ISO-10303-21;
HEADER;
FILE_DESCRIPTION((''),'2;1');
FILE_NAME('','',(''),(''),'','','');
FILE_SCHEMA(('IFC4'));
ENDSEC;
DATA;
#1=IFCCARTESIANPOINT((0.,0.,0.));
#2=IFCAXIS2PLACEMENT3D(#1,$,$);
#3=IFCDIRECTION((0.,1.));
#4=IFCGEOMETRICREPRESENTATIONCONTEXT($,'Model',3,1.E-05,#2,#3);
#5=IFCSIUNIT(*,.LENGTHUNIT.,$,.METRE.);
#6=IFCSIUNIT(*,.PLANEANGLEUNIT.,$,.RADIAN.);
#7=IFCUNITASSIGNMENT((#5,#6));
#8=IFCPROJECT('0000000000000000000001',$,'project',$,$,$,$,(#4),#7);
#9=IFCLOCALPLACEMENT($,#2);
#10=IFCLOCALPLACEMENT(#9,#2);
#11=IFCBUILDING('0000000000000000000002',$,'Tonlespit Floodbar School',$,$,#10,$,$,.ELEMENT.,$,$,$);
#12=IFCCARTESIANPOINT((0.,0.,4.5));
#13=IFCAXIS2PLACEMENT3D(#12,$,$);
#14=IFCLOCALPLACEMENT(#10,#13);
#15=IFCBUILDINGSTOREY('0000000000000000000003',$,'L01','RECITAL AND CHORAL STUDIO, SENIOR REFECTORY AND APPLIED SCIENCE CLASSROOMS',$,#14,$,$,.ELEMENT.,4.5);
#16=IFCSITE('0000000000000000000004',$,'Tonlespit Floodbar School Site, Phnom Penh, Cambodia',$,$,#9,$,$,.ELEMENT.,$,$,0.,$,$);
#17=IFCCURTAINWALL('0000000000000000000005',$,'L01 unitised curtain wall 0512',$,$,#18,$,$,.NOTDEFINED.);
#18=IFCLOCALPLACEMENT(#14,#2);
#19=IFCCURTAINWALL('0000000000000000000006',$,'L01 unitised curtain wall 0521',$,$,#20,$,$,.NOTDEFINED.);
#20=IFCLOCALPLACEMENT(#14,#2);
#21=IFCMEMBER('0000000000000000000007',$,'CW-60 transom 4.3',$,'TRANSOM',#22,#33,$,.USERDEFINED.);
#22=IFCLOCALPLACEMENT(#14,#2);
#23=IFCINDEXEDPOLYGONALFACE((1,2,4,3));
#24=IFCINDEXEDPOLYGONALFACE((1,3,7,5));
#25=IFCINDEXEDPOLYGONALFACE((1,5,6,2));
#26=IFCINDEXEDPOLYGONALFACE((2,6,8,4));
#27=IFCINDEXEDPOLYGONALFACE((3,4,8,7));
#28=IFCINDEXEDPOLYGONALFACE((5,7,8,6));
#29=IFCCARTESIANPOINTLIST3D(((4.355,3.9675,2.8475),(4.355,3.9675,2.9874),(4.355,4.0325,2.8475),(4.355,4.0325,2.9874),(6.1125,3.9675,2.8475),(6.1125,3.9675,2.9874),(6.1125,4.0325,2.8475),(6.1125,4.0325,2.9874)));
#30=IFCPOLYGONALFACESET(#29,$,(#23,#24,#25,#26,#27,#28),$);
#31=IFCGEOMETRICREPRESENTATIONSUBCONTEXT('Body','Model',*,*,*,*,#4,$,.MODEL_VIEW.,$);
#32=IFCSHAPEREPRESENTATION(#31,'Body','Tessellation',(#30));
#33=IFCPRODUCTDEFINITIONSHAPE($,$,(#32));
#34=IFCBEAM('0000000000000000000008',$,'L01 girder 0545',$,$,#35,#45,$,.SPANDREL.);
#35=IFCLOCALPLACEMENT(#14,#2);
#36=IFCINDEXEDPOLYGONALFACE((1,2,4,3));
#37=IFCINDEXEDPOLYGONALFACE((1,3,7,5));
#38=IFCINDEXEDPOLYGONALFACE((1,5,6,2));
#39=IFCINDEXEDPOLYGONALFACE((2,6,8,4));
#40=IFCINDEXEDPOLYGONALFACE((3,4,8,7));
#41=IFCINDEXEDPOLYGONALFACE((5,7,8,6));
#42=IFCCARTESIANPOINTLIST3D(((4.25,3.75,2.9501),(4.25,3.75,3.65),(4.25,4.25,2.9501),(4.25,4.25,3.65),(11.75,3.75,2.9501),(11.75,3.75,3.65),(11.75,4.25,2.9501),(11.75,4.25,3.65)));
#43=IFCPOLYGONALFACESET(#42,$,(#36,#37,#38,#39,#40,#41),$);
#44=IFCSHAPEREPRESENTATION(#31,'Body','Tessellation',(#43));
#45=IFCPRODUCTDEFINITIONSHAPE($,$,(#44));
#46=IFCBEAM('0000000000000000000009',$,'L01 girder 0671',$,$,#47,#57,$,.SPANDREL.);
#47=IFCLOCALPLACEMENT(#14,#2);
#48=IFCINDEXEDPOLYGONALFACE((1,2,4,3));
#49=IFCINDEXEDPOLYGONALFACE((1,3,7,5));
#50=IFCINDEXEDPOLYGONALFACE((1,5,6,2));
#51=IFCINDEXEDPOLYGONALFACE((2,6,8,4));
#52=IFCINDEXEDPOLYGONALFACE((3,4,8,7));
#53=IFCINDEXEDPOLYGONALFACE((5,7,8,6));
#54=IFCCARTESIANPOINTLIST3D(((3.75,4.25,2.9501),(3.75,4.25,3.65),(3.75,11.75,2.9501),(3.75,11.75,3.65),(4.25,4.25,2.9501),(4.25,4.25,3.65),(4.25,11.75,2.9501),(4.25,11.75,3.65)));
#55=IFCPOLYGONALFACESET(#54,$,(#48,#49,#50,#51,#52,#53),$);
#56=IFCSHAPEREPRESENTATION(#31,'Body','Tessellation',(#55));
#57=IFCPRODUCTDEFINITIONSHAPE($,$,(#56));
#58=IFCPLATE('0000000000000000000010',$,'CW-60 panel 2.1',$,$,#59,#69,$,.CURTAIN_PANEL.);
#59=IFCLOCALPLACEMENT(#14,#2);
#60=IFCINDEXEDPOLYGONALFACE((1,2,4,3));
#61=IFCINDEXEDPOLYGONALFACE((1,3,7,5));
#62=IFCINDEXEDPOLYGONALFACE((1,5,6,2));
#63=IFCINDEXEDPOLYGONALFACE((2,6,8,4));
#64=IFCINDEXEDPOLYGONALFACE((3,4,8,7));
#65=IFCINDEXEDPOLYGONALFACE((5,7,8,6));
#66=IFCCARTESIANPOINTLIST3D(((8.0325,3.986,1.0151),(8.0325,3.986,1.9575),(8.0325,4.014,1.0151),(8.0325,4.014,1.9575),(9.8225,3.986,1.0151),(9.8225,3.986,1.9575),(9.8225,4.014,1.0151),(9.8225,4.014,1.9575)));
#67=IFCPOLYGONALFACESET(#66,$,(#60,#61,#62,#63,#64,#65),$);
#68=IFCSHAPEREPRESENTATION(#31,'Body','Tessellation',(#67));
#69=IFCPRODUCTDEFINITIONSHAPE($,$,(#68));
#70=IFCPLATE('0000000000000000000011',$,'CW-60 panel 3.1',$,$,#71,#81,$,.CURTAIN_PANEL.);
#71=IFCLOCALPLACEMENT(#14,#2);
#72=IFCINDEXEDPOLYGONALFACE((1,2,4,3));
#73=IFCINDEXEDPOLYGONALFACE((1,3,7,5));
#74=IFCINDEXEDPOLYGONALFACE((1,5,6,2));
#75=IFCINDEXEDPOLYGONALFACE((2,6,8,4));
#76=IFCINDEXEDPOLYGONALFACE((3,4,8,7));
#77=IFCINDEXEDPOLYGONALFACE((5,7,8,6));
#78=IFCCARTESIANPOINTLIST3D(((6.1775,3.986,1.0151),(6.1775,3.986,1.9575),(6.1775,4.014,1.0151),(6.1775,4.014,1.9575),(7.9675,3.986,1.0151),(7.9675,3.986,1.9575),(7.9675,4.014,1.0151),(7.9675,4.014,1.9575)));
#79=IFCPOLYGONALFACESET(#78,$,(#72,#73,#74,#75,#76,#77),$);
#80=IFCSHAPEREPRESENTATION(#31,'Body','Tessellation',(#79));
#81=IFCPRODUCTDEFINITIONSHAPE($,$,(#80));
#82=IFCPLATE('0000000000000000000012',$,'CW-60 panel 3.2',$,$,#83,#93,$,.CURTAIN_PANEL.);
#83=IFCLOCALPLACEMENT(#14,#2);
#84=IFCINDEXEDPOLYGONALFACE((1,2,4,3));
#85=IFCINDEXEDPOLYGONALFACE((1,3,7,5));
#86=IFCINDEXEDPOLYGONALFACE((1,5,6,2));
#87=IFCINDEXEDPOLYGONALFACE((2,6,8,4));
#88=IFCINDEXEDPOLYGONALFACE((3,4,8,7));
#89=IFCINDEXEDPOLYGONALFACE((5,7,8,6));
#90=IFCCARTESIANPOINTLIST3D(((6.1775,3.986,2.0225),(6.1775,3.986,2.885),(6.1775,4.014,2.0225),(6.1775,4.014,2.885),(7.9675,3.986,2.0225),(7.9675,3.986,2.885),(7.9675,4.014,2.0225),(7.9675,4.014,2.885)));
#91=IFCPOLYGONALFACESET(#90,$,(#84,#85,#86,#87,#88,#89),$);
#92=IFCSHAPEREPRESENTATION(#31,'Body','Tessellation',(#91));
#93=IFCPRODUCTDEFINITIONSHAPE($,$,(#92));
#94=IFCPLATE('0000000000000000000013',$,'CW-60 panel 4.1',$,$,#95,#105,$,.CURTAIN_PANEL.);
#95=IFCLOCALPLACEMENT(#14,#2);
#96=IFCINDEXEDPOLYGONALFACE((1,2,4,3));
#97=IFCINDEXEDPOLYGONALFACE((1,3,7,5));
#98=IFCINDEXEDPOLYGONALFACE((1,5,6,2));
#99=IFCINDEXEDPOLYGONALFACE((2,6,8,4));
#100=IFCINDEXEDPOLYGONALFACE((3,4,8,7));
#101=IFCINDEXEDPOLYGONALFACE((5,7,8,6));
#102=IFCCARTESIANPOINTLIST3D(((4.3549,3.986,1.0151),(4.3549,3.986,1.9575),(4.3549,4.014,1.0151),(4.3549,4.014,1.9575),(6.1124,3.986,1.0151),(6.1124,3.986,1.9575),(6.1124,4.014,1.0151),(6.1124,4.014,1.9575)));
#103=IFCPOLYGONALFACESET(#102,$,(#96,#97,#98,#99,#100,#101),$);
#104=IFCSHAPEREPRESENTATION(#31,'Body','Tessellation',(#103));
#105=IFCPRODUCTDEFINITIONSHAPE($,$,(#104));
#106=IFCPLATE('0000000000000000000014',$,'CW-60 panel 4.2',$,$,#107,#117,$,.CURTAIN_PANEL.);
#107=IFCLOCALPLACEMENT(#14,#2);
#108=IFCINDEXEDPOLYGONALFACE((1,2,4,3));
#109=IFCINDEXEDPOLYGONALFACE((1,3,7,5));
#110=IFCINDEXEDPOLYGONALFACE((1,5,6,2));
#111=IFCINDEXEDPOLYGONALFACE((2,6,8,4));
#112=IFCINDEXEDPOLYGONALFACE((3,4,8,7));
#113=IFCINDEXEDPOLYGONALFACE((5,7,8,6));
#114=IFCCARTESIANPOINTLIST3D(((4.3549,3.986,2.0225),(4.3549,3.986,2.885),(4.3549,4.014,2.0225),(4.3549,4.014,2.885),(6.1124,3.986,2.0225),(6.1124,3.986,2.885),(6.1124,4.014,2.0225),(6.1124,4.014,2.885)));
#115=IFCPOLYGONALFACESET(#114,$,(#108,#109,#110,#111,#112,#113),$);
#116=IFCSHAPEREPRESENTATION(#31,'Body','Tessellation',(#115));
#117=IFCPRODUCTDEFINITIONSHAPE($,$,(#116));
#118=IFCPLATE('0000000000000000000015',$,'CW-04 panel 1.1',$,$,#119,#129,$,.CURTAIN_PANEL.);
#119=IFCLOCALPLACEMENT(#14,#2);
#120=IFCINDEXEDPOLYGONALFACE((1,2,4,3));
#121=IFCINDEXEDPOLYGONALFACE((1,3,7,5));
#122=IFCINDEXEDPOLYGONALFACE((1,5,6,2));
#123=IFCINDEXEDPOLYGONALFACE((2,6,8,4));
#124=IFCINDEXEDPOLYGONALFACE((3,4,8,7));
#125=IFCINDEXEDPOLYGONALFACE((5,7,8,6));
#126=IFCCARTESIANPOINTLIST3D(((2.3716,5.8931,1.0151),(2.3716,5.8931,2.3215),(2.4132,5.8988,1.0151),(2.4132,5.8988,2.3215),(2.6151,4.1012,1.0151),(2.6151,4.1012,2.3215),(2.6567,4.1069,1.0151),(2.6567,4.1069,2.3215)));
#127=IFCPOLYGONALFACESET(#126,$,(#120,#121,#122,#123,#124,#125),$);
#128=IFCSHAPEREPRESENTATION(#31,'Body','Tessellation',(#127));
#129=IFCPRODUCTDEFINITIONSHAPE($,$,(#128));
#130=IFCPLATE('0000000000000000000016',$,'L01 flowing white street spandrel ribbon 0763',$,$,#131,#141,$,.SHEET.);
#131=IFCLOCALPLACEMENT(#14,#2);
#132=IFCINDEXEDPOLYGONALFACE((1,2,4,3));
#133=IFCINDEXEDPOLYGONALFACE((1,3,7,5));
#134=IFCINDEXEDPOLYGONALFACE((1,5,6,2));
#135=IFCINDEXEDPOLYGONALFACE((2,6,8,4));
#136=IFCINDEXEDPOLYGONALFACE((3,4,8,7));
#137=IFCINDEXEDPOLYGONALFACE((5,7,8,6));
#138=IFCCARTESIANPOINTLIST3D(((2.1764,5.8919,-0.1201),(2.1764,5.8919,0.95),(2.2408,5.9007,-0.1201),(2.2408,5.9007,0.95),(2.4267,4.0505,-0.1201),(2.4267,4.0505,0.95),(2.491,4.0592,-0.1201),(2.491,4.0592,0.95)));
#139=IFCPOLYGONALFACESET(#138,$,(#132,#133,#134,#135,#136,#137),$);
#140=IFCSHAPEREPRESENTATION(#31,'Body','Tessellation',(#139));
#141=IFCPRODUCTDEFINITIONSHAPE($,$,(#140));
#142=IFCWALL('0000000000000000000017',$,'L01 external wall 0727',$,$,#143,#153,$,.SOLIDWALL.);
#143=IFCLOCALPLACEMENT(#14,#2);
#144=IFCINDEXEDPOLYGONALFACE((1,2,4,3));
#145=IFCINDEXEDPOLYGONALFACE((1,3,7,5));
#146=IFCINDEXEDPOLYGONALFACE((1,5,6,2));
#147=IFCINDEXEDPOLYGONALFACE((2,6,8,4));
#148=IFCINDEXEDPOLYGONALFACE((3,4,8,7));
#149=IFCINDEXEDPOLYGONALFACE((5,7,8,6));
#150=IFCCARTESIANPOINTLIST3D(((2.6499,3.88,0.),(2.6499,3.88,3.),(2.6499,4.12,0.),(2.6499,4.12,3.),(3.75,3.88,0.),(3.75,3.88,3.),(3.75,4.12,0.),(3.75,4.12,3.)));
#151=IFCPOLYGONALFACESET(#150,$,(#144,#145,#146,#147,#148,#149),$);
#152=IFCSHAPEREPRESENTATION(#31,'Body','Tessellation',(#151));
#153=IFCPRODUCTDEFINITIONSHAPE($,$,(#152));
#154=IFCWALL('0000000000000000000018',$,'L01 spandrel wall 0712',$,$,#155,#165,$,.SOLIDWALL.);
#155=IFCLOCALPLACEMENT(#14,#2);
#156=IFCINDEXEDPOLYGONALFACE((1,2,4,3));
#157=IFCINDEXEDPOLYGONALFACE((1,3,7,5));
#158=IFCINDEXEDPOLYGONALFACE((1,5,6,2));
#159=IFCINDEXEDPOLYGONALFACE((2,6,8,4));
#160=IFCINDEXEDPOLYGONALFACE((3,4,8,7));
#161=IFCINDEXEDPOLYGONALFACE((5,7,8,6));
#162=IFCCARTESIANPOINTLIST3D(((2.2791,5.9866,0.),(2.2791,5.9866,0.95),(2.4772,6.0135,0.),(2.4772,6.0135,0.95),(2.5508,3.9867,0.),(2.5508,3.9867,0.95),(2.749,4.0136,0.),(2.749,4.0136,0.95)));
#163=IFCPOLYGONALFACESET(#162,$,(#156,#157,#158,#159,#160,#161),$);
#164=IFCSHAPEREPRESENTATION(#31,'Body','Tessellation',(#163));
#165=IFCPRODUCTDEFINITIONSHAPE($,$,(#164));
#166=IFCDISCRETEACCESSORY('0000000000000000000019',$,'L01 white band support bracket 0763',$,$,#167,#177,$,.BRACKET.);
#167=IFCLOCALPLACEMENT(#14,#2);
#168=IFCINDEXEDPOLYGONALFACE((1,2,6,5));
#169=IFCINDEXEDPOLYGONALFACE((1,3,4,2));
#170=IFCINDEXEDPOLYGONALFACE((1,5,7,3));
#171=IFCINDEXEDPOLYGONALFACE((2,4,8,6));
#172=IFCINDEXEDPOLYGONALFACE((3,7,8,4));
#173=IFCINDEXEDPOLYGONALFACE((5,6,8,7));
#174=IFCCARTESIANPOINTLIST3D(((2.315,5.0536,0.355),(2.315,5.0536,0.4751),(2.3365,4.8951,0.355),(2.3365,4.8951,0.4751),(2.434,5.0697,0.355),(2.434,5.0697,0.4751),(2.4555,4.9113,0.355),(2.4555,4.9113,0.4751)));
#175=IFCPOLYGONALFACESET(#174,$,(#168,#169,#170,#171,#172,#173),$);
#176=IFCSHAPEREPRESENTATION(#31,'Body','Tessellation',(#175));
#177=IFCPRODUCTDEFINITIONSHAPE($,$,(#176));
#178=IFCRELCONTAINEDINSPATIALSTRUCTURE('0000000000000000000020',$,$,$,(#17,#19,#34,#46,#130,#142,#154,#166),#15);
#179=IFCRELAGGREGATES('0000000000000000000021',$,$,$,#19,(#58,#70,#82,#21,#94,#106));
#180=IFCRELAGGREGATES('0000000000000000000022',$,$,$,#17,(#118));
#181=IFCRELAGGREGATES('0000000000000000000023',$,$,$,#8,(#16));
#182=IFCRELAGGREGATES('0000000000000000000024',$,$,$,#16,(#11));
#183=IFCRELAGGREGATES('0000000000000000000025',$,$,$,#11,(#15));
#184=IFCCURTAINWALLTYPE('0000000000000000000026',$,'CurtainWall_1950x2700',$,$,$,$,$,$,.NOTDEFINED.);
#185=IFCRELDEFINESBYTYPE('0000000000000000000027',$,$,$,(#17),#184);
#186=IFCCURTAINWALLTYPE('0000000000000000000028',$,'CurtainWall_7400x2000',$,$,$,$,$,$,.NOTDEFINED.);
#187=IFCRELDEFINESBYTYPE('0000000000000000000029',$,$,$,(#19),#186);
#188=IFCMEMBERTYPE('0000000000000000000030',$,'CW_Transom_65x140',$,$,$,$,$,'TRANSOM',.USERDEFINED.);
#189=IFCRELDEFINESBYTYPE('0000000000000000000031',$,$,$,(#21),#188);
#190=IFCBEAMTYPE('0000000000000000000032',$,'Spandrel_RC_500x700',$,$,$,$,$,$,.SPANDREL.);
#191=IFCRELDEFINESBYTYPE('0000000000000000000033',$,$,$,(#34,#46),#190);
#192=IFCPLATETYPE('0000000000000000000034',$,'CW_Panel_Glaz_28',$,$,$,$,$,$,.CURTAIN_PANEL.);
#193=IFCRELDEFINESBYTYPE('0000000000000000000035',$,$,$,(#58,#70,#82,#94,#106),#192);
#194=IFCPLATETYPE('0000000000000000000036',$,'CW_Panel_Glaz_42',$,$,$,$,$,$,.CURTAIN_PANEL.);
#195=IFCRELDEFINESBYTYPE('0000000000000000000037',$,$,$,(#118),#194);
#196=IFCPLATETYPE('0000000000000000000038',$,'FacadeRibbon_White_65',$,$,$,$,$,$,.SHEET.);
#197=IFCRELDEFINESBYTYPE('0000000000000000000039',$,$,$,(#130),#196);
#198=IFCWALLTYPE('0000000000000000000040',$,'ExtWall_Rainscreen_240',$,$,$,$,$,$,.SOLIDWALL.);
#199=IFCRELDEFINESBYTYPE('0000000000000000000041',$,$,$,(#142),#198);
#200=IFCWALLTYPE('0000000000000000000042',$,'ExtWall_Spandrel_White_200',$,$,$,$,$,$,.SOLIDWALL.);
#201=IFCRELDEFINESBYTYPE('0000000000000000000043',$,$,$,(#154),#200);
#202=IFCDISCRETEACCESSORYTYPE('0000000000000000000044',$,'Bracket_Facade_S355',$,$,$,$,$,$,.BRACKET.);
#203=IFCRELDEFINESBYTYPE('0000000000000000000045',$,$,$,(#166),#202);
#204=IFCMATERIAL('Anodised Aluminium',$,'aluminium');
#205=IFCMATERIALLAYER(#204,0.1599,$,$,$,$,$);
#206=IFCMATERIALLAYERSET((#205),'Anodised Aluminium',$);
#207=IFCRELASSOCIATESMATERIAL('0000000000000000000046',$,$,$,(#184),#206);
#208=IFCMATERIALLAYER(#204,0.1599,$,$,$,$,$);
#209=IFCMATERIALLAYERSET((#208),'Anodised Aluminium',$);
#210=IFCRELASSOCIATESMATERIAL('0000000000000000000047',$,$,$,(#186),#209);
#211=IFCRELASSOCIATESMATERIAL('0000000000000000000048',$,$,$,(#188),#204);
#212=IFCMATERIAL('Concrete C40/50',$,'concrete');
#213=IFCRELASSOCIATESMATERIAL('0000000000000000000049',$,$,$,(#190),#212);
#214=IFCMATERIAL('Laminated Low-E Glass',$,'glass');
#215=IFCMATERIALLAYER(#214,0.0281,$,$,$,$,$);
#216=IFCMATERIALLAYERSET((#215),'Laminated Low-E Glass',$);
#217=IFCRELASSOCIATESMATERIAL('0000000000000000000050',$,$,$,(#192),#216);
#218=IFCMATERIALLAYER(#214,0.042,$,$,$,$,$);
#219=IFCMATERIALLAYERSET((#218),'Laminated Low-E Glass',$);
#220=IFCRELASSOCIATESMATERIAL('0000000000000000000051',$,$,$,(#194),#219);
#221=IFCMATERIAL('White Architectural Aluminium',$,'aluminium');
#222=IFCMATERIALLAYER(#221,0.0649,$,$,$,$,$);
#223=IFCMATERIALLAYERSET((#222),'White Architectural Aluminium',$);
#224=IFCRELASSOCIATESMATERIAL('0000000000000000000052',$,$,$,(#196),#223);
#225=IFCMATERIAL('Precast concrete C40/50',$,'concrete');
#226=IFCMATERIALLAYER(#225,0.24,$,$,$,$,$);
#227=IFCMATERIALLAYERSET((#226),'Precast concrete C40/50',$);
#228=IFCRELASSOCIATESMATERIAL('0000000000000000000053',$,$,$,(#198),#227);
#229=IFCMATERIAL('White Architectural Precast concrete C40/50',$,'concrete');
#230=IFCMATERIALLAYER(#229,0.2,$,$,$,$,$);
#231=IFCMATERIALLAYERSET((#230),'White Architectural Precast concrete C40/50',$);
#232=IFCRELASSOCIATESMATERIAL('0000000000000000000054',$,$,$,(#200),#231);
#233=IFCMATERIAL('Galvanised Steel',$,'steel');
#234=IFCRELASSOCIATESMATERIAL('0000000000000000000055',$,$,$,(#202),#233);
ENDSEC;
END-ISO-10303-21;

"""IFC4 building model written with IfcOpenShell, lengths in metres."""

from ifc_helpers import new_model, si_unit, direction, frame, frame_2d, origin, origin_2d, place, context, subcontext, project, spatial, rectangle, extrude, material, layer, layer_set, material_profile, profile_set, type_object, element, aggregate, save


model = new_model("IFC4")

# Units and contexts
model_context = context("Model", 3, precision=1e-05, world=origin(), true_north=direction((0.0, 1.0)))
body_context = subcontext(model_context, "Body", "Model", "MODEL_VIEW")
ifc_project = project(units=[si_unit("LENGTHUNIT", "METRE"), si_unit("PLANEANGLEUNIT", "RADIAN")], contexts=[model_context])

# Site, building, storey
site_placement = place(None, origin())
site = spatial("IfcSite", under=ifc_project, at=site_placement, Name="Tonlespit Floodbar School Site, Phnom Penh, Cambodia", CompositionType="ELEMENT", RefElevation=0.0)
building_placement = place(site_placement, origin())
building = spatial("IfcBuilding", under=site, at=building_placement, Name="Tonlespit Floodbar School", CompositionType="ELEMENT")
storey_placement = place(building_placement, frame((0.0, 0.0, 4.5)))
storey = spatial("IfcBuildingStorey", under=building, at=storey_placement, Name="L01", Description="RECITAL AND CHORAL STUDIO, SENIOR REFECTORY AND APPLIED SCIENCE CLASSROOMS", CompositionType="ELEMENT", Elevation=4.5)

# Shared definitions
ifc_material_1 = material(Name="Concrete C40/50", Category="concrete")

# Curtain wall
ifc_material_2 = material(Name="Anodised Aluminium", Category="aluminium")
ifc_layer_1 = layer(ifc_material_2, 0.1599)
ifc_layer_set_1 = layer_set([ifc_layer_1], Name="Anodised Aluminium")
curtain_wall_type_1 = type_object("IfcCurtainWallType", Name="CurtainWall_1950x2700", PredefinedType="NOTDEFINED", material=ifc_layer_set_1)
curtain_wall_1_placement = place(storey_placement, origin())
curtain_wall_1 = element("IfcCurtainWall", 1, at=curtain_wall_1_placement, inside=storey, type_object=curtain_wall_type_1, Name="L01 unitised curtain wall 0512", PredefinedType="NOTDEFINED")

# Curtain wall
ifc_layer_2 = layer(ifc_material_2, 0.1599)
ifc_layer_set_2 = layer_set([ifc_layer_2], Name="Anodised Aluminium")
curtain_wall_type_2 = type_object("IfcCurtainWallType", Name="CurtainWall_7400x2000", PredefinedType="NOTDEFINED", material=ifc_layer_set_2)
curtain_wall_2_placement = place(storey_placement, origin())
curtain_wall_2 = element("IfcCurtainWall", 2, at=curtain_wall_2_placement, inside=storey, type_object=curtain_wall_type_2, Name="L01 unitised curtain wall 0521", PredefinedType="NOTDEFINED")

# Member
ifc_material_profile_1 = material_profile(ifc_material_2, rectangle(XDim=0.0649, YDim=0.1399, at=origin_2d()), Name="ALU T65x140")
ifc_profile_set_1 = profile_set([ifc_material_profile_1], Name="Anodised Aluminium")
member_type_1 = type_object("IfcMemberType", Name="CW_Transom_65x140", ElementType="TRANSOM", PredefinedType="USERDEFINED", material=ifc_profile_set_1)
member_1_placement = place(storey_placement, frame((6.1125, 4.0, 2.9175), z_axis=(-1.0, 0.0, 0.0), x_axis=(0.0, -1.0, 0.0)))
member_1 = element("IfcMember", 3, at=member_1_placement, type_object=member_type_1, Name="CW-60 transom 4.3", ObjectType="TRANSOM", PredefinedType="USERDEFINED", context=body_context, shape_type="SweptSolid", body=[
    extrude(rectangle(XDim=0.0649, YDim=0.1399, at=origin_2d()), origin(), (0.0, 0.0, 1.0), 1.7576),
])

# Beams
ifc_material_profile_2 = material_profile(ifc_material_1, rectangle(XDim=0.5, YDim=0.7, at=origin_2d()), Name="RC 500x700")
ifc_profile_set_2 = profile_set([ifc_material_profile_2], Name="Concrete C40/50")
beam_type_1 = type_object("IfcBeamType", Name="Spandrel_RC_500x700", PredefinedType="SPANDREL", material=ifc_profile_set_2)
for number, where, z_axis, x_axis, name in (
    (4, (4.25, 4.0, 3.3), (1.0, 0.0, 0.0), (0.0, 1.0, 0.0), "L01 girder 0545"),
    (5, (4.0, 4.25, 3.3), (0.0, 1.0, 0.0), (-1.0, 0.0, 0.0), "L01 girder 0671"),
):
    element("IfcBeam", number, at=place(storey_placement, frame(where, z_axis=z_axis, x_axis=x_axis)), inside=storey, type_object=beam_type_1, Name=name, PredefinedType="SPANDREL", context=body_context, shape_type="SweptSolid", body=[
        extrude(rectangle(XDim=0.5, YDim=0.7, at=origin_2d()), origin(), (0.0, 0.0, 1.0), 7.5),
    ])

# Plates
ifc_material_3 = material(Name="Laminated Low-E Glass", Category="glass")
ifc_layer_3 = layer(ifc_material_3, 0.0281)
ifc_layer_set_3 = layer_set([ifc_layer_3], Name="Laminated Low-E Glass")
plate_type_1 = type_object("IfcPlateType", Name="CW_Panel_Glaz_28", PredefinedType="CURTAIN_PANEL", material=ifc_layer_set_3)
plate_1_placement = place(storey_placement, frame((8.9275, 4.0, 1.0151), z_axis=(0.0, 0.0, 1.0), x_axis=(-1.0, 0.0, 0.0)))
plate_1 = element("IfcPlate", 6, at=plate_1_placement, type_object=plate_type_1, Name="CW-60 panel 2.1", PredefinedType="CURTAIN_PANEL", context=body_context, shape_type="SweptSolid", body=[
    extrude(rectangle(XDim=1.79, YDim=0.0281, at=origin_2d()), origin(), (0.0, 0.0, 1.0), 0.9424),
])
plate_2_placement = place(storey_placement, frame((7.0725, 4.0, 1.0151), z_axis=(0.0, 0.0, 1.0), x_axis=(-1.0, 0.0, 0.0)))
plate_2 = element("IfcPlate", 7, at=plate_2_placement, type_object=plate_type_1, Name="CW-60 panel 3.1", PredefinedType="CURTAIN_PANEL", context=body_context, shape_type="SweptSolid", body=[
    extrude(rectangle(XDim=1.79, YDim=0.0281, at=origin_2d()), origin(), (0.0, 0.0, 1.0), 0.9424),
])
plate_3_placement = place(storey_placement, frame((7.0725, 4.0, 2.0225), z_axis=(0.0, 0.0, 1.0), x_axis=(-1.0, 0.0, 0.0)))
plate_3 = element("IfcPlate", 8, at=plate_3_placement, type_object=plate_type_1, Name="CW-60 panel 3.2", PredefinedType="CURTAIN_PANEL", context=body_context, shape_type="SweptSolid", body=[
    extrude(rectangle(XDim=1.79, YDim=0.0281, at=origin_2d()), origin(), (0.0, 0.0, 1.0), 0.8625),
])
plate_4_placement = place(storey_placement, frame((5.2336, 4.0, 1.0151), z_axis=(0.0, 0.0, 1.0), x_axis=(-1.0, 0.0, 0.0)))
plate_4 = element("IfcPlate", 9, at=plate_4_placement, type_object=plate_type_1, Name="CW-60 panel 4.1", PredefinedType="CURTAIN_PANEL", context=body_context, shape_type="SweptSolid", body=[
    extrude(rectangle(XDim=1.7576, YDim=0.0281, at=origin_2d()), origin(), (0.0, 0.0, 1.0), 0.9424),
])
plate_5_placement = place(storey_placement, frame((5.2336, 4.0, 2.0225), z_axis=(0.0, 0.0, 1.0), x_axis=(-1.0, 0.0, 0.0)))
plate_5 = element("IfcPlate", 10, at=plate_5_placement, type_object=plate_type_1, Name="CW-60 panel 4.2", PredefinedType="CURTAIN_PANEL", context=body_context, shape_type="SweptSolid", body=[
    extrude(rectangle(XDim=1.7576, YDim=0.0281, at=origin_2d()), origin(), (0.0, 0.0, 1.0), 0.8625),
])
aggregate(curtain_wall_2, [plate_1, plate_2, plate_3, member_1, plate_4, plate_5])
ifc_layer_4 = layer(ifc_material_3, 0.042)
ifc_layer_set_4 = layer_set([ifc_layer_4], Name="Laminated Low-E Glass")
plate_type_2 = type_object("IfcPlateType", Name="CW_Panel_Glaz_42", PredefinedType="CURTAIN_PANEL", material=ifc_layer_set_4)
plate_6_placement = place(storey_placement, frame((2.5142, 5.0, 1.0151), z_axis=(0.0, 0.0, 1.0), x_axis=(-0.134644, 0.990894, 0.0)))
plate_6 = element("IfcPlate", 11, at=plate_6_placement, type_object=plate_type_2, Name="CW-04 panel 1.1", PredefinedType="CURTAIN_PANEL", context=body_context, shape_type="SweptSolid", body=[
    extrude(rectangle(XDim=1.8083, YDim=0.042, at=origin_2d()), origin(), (0.0, 0.0, 1.0), 1.3064),
])
aggregate(curtain_wall_1, [plate_6])
ifc_material_4 = material(Name="White Architectural Aluminium", Category="aluminium")
ifc_layer_5 = layer(ifc_material_4, 0.0649)
ifc_layer_set_5 = layer_set([ifc_layer_5], Name="White Architectural Aluminium")
plate_type_3 = type_object("IfcPlateType", Name="FacadeRibbon_White_65", PredefinedType="SHEET", material=ifc_layer_set_5)
plate_7_placement = place(storey_placement, frame((2.3337, 4.9756, -0.1201), z_axis=(0.0, 0.0, 1.0), x_axis=(-0.134662, 0.990892, 0.0)))
element("IfcPlate", 12, at=plate_7_placement, inside=storey, type_object=plate_type_3, Name="L01 flowing white street spandrel ribbon 0763", PredefinedType="SHEET", context=body_context, shape_type="SweptSolid", body=[
    extrude(rectangle(XDim=1.8584, YDim=0.0649, at=origin_2d()), origin(), (0.0, 0.0, 1.0), 1.0701),
])

# Walls
ifc_material_5 = material(Name="Precast concrete C40/50", Category="concrete")
ifc_layer_6 = layer(ifc_material_5, 0.24)
ifc_layer_set_6 = layer_set([ifc_layer_6], Name="Precast concrete C40/50")
wall_type_1 = type_object("IfcWallType", Name="ExtWall_Rainscreen_240", PredefinedType="SOLIDWALL", material=ifc_layer_set_6)
wall_1_placement = place(storey_placement, frame((3.75, 4.0, 0.0), z_axis=(0.0, 0.0, 1.0), x_axis=(-1.0, 0.0, 0.0)))
element("IfcWall", 13, at=wall_1_placement, inside=storey, type_object=wall_type_1, Name="L01 external wall 0727", PredefinedType="SOLIDWALL", context=body_context, shape_type="SweptSolid", body=[
    extrude(rectangle(XDim=1.1001, YDim=0.24, at=frame_2d((0.55, 0.0))), origin(), (0.0, 0.0, 1.0), 3.0),
])
ifc_material_6 = material(Name="White Architectural Precast concrete C40/50", Category="concrete")
ifc_layer_7 = layer(ifc_material_6, 0.2)
ifc_layer_set_7 = layer_set([ifc_layer_7], Name="White Architectural Precast concrete C40/50")
wall_type_2 = type_object("IfcWallType", Name="ExtWall_Spandrel_White_200", PredefinedType="SOLIDWALL", material=ifc_layer_set_7)
wall_2_placement = place(storey_placement, frame((2.6499, 4.0, 0.0), z_axis=(0.0, 0.0, 1.0), x_axis=(-0.134627, 0.990896, 0.0)))
element("IfcWall", 14, at=wall_2_placement, inside=storey, type_object=wall_type_2, Name="L01 spandrel wall 0712", PredefinedType="SOLIDWALL", context=body_context, shape_type="SweptSolid", body=[
    extrude(rectangle(XDim=2.0183, YDim=0.2, at=frame_2d((1.0093, 0.0))), origin(), (0.0, 0.0, 1.0), 0.95),
])

# Discrete accessory
ifc_material_7 = material(Name="Galvanised Steel", Category="steel")
discrete_accessory_type = type_object("IfcDiscreteAccessoryType", Name="Bracket_Facade_S355", PredefinedType="BRACKET", material=ifc_material_7)
discrete_accessory_placement = place(storey_placement, frame((2.3853, 4.9824, 0.355), z_axis=(0.0, 0.0, 1.0), x_axis=(-0.134662, 0.990892, 0.0)))
element("IfcDiscreteAccessory", 15, at=discrete_accessory_placement, inside=storey, type_object=discrete_accessory_type, Name="L01 white band support bracket 0763", PredefinedType="BRACKET", context=body_context, shape_type="SweptSolid", body=[
    extrude(rectangle(XDim=0.1599, YDim=0.1201, at=origin_2d()), origin(), (0.0, 0.0, 1.0), 0.1201),
])

save(model, "model.ifc")
